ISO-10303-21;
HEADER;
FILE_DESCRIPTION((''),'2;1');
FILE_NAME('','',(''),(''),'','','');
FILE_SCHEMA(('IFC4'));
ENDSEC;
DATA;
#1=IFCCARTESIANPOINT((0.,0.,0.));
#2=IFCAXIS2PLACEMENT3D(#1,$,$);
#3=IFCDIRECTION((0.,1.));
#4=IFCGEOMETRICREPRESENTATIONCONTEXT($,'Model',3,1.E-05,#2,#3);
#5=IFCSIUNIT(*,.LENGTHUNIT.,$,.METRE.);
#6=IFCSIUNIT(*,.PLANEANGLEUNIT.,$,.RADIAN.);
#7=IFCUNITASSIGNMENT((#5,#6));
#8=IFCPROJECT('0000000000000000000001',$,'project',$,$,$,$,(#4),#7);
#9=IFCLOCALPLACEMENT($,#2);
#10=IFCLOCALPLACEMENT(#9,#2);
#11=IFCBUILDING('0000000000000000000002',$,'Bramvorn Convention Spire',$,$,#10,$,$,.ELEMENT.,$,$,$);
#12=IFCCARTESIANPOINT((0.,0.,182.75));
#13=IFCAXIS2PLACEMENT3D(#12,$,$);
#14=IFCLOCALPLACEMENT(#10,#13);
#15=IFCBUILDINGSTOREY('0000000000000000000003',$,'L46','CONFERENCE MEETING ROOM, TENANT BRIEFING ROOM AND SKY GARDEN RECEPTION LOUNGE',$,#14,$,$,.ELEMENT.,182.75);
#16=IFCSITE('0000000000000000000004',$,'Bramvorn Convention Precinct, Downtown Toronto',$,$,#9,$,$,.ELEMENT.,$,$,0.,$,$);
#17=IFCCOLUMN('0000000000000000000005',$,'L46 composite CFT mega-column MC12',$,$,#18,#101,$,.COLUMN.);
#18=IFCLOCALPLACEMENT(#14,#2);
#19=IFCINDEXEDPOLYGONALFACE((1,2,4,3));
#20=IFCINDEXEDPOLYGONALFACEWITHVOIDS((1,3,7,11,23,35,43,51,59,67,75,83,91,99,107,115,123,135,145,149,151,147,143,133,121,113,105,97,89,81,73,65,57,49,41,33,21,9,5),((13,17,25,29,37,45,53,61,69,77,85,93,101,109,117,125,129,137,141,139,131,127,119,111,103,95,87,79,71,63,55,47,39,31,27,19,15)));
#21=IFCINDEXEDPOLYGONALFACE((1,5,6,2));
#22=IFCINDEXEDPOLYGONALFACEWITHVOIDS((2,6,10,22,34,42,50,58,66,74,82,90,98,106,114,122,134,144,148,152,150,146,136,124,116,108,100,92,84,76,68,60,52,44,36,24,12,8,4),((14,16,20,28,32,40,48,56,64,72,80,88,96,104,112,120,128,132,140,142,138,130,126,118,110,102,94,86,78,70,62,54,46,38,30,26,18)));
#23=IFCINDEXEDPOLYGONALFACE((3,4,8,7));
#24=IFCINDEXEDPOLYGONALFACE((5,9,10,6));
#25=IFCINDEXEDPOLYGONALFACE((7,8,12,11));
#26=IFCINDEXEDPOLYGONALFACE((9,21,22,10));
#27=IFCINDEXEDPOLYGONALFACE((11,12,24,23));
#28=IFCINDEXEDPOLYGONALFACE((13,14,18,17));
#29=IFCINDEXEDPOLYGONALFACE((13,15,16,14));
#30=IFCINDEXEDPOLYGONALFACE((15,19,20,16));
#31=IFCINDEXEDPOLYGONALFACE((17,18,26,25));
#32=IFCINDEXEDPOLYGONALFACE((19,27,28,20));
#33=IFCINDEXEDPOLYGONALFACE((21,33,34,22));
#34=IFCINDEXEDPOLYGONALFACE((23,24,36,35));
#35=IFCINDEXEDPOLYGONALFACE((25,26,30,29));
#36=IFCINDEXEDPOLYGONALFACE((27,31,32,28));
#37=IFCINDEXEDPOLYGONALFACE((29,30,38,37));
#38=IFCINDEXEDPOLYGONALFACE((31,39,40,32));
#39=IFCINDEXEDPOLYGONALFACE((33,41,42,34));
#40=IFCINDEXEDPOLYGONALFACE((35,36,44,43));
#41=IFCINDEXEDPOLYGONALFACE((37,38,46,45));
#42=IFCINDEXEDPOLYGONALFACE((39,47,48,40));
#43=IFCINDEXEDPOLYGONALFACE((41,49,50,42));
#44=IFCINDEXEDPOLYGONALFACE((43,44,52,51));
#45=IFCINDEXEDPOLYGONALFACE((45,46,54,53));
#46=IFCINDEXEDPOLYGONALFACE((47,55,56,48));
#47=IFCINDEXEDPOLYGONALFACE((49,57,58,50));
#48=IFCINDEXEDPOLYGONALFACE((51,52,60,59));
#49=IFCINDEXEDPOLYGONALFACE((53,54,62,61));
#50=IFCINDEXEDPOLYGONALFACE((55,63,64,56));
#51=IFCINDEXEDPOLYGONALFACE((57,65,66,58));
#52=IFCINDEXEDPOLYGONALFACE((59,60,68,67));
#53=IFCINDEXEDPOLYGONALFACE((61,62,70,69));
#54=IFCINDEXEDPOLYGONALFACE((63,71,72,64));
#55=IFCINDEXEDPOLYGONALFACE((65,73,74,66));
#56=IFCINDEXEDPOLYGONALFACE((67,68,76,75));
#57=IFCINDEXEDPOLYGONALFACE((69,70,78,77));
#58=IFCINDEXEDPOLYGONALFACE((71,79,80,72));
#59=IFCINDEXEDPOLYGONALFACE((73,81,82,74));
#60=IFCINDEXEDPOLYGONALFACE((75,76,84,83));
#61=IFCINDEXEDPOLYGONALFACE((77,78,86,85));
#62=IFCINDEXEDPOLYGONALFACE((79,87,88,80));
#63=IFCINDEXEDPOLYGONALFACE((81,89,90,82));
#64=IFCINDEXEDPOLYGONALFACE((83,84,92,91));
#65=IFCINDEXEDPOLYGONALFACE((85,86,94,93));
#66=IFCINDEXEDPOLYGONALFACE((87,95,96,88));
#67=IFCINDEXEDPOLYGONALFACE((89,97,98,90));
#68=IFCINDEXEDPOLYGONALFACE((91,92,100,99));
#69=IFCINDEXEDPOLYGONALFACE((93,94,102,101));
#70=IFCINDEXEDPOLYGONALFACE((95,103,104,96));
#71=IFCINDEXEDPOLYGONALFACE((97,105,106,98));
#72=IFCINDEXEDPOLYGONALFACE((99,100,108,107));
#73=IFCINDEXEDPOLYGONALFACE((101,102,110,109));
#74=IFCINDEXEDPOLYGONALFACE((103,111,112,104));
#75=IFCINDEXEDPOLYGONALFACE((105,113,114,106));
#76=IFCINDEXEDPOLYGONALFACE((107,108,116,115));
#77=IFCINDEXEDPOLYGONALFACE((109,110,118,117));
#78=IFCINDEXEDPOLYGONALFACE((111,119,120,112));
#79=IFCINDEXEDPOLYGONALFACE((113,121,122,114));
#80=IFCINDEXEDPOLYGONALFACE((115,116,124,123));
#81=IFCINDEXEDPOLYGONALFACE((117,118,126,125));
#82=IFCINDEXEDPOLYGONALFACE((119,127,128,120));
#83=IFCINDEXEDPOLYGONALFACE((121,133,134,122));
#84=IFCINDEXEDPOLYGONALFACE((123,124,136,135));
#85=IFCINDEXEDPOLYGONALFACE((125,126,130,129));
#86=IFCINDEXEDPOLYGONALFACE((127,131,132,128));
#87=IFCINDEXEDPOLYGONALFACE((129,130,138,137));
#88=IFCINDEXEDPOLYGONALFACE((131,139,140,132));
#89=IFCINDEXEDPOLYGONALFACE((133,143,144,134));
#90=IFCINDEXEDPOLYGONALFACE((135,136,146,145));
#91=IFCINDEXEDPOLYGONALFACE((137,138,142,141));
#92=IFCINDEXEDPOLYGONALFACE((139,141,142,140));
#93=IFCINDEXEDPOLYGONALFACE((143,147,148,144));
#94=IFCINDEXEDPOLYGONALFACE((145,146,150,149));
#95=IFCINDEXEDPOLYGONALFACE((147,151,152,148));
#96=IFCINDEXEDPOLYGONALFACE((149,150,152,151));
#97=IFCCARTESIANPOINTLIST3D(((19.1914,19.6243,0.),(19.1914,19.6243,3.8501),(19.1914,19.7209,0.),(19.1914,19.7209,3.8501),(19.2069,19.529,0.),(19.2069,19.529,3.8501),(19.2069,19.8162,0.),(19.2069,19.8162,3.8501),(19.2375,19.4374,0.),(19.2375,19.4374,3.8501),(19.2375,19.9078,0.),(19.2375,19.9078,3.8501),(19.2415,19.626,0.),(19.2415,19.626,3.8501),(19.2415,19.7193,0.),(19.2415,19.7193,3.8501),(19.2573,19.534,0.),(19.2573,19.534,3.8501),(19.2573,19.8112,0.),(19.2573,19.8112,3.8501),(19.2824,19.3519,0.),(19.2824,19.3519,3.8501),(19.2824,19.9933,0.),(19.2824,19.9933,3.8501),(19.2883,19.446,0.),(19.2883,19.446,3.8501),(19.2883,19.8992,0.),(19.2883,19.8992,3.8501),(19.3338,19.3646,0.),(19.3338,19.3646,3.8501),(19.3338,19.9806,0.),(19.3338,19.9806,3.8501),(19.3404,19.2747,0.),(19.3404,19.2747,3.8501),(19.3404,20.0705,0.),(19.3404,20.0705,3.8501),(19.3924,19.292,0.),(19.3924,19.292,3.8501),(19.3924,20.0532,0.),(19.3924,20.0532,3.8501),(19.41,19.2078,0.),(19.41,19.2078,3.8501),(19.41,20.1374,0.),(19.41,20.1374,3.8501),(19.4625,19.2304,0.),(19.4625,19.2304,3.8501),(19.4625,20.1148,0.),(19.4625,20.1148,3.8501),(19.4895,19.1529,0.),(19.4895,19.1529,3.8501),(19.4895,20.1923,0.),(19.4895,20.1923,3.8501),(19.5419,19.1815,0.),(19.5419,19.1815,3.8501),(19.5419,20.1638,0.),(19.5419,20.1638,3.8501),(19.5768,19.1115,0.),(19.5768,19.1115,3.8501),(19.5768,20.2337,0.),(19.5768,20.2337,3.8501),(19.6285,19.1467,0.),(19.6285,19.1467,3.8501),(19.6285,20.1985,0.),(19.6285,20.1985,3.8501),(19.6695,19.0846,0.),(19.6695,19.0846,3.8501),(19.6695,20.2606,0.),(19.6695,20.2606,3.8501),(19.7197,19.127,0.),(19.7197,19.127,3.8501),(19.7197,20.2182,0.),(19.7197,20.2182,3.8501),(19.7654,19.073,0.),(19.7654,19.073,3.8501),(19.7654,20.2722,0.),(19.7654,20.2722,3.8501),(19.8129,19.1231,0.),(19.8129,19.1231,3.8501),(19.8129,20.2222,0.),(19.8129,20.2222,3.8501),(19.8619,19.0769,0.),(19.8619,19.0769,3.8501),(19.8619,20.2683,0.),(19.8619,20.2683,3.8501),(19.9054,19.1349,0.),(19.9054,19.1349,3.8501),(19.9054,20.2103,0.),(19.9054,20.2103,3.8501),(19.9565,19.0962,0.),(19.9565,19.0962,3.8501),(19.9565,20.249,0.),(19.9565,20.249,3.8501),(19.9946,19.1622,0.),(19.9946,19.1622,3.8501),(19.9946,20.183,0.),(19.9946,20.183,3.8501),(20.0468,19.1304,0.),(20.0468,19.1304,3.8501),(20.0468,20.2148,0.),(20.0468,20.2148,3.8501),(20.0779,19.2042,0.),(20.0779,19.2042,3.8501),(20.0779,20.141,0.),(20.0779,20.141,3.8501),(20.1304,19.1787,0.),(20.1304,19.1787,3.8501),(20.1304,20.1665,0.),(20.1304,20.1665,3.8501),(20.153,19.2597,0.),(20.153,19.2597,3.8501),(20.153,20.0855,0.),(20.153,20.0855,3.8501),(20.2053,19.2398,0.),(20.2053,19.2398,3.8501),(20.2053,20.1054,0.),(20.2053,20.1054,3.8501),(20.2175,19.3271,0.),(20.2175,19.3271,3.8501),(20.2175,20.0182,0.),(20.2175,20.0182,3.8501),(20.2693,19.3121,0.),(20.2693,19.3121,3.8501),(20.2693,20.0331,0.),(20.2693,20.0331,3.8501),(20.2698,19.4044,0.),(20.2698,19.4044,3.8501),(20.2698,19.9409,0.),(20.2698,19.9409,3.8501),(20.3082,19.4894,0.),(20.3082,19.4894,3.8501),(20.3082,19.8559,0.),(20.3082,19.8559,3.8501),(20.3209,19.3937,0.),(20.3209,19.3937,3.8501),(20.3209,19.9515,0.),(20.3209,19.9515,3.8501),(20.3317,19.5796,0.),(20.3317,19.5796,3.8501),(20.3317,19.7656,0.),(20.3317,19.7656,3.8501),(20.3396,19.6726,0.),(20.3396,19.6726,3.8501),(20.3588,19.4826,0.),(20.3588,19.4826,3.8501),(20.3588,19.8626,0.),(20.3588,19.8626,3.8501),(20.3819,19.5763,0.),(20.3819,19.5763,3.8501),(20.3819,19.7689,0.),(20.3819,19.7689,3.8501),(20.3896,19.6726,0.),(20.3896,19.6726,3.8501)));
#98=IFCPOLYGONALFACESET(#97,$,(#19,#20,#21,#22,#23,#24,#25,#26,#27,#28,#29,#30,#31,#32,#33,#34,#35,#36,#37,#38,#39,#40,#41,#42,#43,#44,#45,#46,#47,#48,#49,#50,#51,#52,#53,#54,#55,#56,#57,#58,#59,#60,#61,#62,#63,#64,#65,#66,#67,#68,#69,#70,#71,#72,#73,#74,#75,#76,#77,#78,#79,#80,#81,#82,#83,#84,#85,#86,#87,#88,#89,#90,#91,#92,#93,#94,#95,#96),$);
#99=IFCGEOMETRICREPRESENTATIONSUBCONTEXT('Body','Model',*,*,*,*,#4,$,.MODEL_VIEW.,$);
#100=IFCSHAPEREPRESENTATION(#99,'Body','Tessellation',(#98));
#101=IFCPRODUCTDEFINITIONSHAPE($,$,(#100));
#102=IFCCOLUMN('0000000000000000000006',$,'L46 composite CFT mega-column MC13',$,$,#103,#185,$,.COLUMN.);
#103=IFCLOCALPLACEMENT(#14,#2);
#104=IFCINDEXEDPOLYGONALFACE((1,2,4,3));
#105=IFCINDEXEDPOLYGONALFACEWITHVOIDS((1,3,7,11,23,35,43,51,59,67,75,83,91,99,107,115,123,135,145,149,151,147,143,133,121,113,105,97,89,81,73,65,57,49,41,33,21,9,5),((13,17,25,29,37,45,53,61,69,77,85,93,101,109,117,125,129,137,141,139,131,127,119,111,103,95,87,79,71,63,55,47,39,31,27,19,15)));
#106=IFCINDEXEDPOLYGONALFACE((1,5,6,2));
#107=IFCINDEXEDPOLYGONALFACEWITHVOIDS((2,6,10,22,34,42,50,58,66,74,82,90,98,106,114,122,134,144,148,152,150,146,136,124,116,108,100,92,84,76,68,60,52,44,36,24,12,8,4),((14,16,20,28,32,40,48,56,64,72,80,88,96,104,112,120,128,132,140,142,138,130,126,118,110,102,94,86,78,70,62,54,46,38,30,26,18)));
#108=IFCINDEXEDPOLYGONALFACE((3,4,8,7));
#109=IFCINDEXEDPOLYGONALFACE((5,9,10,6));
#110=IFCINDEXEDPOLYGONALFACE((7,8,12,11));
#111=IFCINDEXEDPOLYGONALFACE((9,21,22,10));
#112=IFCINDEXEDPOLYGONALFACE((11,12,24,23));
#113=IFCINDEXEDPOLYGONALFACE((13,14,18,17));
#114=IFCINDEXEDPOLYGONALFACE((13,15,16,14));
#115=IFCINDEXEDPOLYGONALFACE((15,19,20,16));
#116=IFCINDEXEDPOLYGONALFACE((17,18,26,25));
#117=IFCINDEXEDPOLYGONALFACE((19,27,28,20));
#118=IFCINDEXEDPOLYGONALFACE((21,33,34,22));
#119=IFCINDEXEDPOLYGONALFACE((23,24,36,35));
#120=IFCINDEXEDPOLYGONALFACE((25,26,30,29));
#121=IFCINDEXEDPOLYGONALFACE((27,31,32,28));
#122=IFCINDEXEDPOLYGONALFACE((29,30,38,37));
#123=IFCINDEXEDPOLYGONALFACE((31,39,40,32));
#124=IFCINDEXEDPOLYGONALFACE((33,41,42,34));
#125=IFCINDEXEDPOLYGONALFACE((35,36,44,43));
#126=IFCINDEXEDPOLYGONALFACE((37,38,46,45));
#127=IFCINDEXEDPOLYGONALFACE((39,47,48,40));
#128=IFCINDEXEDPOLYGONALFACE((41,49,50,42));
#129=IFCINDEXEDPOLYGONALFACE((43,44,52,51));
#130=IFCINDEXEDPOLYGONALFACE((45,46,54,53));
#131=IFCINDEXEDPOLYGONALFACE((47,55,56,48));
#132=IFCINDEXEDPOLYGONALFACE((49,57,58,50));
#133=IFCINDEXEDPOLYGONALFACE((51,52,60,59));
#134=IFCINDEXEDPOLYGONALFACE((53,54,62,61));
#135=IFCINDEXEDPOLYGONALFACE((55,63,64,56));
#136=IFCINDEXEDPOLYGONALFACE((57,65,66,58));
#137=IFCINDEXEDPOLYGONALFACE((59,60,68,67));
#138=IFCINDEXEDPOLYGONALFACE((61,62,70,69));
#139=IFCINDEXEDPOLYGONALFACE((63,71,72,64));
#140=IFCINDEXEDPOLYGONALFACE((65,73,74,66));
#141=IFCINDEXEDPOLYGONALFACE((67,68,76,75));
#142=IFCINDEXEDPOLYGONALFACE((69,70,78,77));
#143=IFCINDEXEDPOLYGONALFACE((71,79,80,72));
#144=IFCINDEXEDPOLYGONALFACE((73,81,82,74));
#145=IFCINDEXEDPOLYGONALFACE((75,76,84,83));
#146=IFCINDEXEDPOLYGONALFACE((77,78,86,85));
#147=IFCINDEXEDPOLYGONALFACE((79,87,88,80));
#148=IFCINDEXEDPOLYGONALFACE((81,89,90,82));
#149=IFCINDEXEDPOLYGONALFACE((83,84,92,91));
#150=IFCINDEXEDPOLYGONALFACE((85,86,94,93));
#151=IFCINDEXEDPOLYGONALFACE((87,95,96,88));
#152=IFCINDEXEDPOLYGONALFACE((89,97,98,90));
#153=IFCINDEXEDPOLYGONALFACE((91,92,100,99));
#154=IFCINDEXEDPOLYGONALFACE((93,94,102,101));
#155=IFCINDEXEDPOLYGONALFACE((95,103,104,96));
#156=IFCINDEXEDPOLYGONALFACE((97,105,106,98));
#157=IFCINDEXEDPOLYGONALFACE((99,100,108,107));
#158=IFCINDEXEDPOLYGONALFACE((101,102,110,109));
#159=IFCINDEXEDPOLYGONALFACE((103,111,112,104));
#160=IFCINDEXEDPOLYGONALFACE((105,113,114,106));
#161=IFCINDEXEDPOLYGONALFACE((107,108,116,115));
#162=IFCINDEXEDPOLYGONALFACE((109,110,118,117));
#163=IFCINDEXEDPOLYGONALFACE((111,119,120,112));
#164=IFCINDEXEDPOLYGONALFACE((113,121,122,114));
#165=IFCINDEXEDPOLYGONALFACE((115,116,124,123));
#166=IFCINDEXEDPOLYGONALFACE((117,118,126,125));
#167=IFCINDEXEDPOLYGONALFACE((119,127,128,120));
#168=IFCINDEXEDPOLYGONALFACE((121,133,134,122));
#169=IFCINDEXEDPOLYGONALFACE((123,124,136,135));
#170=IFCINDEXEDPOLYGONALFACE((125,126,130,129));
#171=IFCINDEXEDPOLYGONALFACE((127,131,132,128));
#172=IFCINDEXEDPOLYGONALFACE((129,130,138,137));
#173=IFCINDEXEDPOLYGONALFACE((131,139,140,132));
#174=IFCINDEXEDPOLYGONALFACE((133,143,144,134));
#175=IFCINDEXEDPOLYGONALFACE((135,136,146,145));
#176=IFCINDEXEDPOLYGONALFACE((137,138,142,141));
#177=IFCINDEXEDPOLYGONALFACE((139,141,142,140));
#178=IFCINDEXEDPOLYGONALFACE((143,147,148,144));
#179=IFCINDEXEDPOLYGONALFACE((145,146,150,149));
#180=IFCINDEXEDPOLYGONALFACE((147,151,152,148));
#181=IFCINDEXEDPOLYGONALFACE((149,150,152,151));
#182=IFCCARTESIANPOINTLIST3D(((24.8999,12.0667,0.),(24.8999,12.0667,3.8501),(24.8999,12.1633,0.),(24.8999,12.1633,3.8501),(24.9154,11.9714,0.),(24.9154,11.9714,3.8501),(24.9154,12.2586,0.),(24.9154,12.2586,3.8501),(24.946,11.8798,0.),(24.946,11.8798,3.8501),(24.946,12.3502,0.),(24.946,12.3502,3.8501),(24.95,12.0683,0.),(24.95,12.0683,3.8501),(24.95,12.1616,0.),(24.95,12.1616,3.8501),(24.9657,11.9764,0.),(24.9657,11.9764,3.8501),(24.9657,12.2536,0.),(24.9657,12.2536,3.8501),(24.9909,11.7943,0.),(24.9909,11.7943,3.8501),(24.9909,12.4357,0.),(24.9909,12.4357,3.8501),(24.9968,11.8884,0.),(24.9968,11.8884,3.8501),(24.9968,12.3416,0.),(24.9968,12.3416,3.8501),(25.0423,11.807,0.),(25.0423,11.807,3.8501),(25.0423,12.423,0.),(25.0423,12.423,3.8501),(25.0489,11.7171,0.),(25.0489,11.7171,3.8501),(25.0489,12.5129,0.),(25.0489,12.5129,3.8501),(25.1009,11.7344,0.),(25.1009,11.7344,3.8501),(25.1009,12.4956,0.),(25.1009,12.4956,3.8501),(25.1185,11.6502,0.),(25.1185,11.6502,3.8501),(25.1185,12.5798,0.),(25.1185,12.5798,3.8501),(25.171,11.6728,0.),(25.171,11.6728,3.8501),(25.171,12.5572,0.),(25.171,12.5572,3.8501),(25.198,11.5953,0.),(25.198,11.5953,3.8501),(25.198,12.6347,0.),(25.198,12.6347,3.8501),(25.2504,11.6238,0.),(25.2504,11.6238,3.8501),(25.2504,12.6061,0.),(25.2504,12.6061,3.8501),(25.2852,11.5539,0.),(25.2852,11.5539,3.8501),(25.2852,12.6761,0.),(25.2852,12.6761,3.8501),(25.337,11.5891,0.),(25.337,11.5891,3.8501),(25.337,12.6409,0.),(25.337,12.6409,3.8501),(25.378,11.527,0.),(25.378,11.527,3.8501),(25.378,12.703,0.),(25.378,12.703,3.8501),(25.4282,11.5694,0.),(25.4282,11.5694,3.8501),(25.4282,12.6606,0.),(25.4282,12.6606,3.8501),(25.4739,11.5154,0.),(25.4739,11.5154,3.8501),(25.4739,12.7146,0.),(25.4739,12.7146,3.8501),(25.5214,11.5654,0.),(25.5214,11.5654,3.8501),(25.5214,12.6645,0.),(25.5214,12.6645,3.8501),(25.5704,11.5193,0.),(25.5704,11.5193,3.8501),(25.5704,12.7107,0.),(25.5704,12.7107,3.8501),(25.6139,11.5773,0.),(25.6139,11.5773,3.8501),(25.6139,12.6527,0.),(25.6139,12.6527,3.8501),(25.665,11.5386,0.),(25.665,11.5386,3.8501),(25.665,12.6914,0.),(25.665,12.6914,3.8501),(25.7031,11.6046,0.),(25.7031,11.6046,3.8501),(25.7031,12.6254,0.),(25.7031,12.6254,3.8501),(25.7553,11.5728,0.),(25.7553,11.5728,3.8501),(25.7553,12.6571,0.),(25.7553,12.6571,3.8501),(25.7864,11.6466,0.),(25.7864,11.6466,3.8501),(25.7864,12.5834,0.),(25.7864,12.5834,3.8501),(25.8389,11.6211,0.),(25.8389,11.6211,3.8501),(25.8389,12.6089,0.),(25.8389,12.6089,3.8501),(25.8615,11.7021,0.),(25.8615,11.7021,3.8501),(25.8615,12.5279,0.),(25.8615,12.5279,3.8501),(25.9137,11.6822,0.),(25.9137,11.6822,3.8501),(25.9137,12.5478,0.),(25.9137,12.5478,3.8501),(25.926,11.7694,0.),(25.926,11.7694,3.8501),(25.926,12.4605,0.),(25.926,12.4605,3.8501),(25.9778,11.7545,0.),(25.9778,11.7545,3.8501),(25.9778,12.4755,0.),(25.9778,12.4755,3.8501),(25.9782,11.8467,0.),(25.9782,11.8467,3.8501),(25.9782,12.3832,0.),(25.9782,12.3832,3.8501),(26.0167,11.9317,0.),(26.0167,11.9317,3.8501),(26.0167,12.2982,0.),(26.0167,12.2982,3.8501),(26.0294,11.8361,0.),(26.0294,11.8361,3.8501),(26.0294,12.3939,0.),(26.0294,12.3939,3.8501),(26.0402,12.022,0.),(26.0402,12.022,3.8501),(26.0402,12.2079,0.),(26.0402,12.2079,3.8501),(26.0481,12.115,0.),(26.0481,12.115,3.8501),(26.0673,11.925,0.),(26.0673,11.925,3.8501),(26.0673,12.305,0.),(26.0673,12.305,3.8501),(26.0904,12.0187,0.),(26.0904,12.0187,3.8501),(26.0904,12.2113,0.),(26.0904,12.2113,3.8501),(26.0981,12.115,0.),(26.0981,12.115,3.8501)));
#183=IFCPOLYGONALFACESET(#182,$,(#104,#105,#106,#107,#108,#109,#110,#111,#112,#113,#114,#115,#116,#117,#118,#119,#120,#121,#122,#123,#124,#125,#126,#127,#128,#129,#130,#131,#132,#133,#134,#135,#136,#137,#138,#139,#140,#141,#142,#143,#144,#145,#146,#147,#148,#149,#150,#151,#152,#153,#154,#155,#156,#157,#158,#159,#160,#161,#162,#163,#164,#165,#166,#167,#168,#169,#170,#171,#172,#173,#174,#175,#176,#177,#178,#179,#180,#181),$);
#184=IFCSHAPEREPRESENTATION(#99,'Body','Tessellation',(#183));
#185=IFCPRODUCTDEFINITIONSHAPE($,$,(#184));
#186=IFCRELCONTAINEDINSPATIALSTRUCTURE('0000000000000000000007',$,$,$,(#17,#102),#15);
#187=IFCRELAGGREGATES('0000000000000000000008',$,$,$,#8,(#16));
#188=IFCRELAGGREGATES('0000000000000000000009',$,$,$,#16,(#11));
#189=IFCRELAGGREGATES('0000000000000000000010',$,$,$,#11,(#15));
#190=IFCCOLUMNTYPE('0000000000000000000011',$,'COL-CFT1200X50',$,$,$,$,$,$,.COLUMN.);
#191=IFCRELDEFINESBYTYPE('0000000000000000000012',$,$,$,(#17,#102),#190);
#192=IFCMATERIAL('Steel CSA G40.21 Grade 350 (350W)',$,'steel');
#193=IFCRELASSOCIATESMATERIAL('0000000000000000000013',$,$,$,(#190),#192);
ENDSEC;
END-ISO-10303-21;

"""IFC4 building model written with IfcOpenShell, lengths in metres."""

from ifc_helpers import new_model, si_unit, direction, frame, origin, origin_2d, place, context, subcontext, project, spatial, hollow_circle, extrude, material, material_profile, profile_set, type_object, element, save


model = new_model("IFC4")

# Units and contexts
model_context = context("Model", 3, precision=1e-05, world=origin(), true_north=direction((0.0, 1.0)))
body_context = subcontext(model_context, "Body", "Model", "MODEL_VIEW")
ifc_project = project(units=[si_unit("LENGTHUNIT", "METRE"), si_unit("PLANEANGLEUNIT", "RADIAN")], contexts=[model_context])

# Site, building, storey
site_placement = place(None, origin())
site = spatial("IfcSite", under=ifc_project, at=site_placement, Name="Bramvorn Convention Precinct, Downtown Toronto", CompositionType="ELEMENT", RefElevation=0.0)
building_placement = place(site_placement, origin())
building = spatial("IfcBuilding", under=site, at=building_placement, Name="Bramvorn Convention Spire", CompositionType="ELEMENT")
storey_placement = place(building_placement, frame((0.0, 0.0, 182.75)))
storey = spatial("IfcBuildingStorey", under=building, at=storey_placement, Name="L46", Description="CONFERENCE MEETING ROOM, TENANT BRIEFING ROOM AND SKY GARDEN RECEPTION LOUNGE", CompositionType="ELEMENT", Elevation=182.75)

# Columns
ifc_material_1 = material(Name="Steel CSA G40.21 Grade 350 (350W)", Category="steel")
ifc_material_profile_1 = material_profile(ifc_material_1, hollow_circle(Radius=0.6001, WallThickness=0.05, at=origin_2d()))
ifc_profile_set_1 = profile_set([ifc_material_profile_1], Name="Steel CSA G40.21 Grade 350 (350W) - CFT1200X50")
column_type = type_object("IfcColumnType", Name="COL-CFT1200X50", PredefinedType="COLUMN", material=ifc_profile_set_1)
for number, where, z_axis, x_axis, name in (
    (1, (19.7896, 19.6726, 0.0), (0.0, 0.0, 1.0), (1.0, 0.0, 0.0), "L46 composite CFT mega-column MC12"),
    (2, (25.498, 12.115, 0.0), (0.0, 0.0, 1.0), (1.0, 0.0, 0.0), "L46 composite CFT mega-column MC13"),
):
    element("IfcColumn", number, at=place(storey_placement, frame(where, z_axis=z_axis, x_axis=x_axis)), inside=storey, type_object=column_type, Name=name, PredefinedType="COLUMN", context=body_context, shape_type="SweptSolid", body=[
        extrude(hollow_circle(Radius=0.6001, WallThickness=0.05, at=origin_2d()), origin(), (0.0, 0.0, 1.0), 3.8501),
    ])

save(model, "model.ifc")
